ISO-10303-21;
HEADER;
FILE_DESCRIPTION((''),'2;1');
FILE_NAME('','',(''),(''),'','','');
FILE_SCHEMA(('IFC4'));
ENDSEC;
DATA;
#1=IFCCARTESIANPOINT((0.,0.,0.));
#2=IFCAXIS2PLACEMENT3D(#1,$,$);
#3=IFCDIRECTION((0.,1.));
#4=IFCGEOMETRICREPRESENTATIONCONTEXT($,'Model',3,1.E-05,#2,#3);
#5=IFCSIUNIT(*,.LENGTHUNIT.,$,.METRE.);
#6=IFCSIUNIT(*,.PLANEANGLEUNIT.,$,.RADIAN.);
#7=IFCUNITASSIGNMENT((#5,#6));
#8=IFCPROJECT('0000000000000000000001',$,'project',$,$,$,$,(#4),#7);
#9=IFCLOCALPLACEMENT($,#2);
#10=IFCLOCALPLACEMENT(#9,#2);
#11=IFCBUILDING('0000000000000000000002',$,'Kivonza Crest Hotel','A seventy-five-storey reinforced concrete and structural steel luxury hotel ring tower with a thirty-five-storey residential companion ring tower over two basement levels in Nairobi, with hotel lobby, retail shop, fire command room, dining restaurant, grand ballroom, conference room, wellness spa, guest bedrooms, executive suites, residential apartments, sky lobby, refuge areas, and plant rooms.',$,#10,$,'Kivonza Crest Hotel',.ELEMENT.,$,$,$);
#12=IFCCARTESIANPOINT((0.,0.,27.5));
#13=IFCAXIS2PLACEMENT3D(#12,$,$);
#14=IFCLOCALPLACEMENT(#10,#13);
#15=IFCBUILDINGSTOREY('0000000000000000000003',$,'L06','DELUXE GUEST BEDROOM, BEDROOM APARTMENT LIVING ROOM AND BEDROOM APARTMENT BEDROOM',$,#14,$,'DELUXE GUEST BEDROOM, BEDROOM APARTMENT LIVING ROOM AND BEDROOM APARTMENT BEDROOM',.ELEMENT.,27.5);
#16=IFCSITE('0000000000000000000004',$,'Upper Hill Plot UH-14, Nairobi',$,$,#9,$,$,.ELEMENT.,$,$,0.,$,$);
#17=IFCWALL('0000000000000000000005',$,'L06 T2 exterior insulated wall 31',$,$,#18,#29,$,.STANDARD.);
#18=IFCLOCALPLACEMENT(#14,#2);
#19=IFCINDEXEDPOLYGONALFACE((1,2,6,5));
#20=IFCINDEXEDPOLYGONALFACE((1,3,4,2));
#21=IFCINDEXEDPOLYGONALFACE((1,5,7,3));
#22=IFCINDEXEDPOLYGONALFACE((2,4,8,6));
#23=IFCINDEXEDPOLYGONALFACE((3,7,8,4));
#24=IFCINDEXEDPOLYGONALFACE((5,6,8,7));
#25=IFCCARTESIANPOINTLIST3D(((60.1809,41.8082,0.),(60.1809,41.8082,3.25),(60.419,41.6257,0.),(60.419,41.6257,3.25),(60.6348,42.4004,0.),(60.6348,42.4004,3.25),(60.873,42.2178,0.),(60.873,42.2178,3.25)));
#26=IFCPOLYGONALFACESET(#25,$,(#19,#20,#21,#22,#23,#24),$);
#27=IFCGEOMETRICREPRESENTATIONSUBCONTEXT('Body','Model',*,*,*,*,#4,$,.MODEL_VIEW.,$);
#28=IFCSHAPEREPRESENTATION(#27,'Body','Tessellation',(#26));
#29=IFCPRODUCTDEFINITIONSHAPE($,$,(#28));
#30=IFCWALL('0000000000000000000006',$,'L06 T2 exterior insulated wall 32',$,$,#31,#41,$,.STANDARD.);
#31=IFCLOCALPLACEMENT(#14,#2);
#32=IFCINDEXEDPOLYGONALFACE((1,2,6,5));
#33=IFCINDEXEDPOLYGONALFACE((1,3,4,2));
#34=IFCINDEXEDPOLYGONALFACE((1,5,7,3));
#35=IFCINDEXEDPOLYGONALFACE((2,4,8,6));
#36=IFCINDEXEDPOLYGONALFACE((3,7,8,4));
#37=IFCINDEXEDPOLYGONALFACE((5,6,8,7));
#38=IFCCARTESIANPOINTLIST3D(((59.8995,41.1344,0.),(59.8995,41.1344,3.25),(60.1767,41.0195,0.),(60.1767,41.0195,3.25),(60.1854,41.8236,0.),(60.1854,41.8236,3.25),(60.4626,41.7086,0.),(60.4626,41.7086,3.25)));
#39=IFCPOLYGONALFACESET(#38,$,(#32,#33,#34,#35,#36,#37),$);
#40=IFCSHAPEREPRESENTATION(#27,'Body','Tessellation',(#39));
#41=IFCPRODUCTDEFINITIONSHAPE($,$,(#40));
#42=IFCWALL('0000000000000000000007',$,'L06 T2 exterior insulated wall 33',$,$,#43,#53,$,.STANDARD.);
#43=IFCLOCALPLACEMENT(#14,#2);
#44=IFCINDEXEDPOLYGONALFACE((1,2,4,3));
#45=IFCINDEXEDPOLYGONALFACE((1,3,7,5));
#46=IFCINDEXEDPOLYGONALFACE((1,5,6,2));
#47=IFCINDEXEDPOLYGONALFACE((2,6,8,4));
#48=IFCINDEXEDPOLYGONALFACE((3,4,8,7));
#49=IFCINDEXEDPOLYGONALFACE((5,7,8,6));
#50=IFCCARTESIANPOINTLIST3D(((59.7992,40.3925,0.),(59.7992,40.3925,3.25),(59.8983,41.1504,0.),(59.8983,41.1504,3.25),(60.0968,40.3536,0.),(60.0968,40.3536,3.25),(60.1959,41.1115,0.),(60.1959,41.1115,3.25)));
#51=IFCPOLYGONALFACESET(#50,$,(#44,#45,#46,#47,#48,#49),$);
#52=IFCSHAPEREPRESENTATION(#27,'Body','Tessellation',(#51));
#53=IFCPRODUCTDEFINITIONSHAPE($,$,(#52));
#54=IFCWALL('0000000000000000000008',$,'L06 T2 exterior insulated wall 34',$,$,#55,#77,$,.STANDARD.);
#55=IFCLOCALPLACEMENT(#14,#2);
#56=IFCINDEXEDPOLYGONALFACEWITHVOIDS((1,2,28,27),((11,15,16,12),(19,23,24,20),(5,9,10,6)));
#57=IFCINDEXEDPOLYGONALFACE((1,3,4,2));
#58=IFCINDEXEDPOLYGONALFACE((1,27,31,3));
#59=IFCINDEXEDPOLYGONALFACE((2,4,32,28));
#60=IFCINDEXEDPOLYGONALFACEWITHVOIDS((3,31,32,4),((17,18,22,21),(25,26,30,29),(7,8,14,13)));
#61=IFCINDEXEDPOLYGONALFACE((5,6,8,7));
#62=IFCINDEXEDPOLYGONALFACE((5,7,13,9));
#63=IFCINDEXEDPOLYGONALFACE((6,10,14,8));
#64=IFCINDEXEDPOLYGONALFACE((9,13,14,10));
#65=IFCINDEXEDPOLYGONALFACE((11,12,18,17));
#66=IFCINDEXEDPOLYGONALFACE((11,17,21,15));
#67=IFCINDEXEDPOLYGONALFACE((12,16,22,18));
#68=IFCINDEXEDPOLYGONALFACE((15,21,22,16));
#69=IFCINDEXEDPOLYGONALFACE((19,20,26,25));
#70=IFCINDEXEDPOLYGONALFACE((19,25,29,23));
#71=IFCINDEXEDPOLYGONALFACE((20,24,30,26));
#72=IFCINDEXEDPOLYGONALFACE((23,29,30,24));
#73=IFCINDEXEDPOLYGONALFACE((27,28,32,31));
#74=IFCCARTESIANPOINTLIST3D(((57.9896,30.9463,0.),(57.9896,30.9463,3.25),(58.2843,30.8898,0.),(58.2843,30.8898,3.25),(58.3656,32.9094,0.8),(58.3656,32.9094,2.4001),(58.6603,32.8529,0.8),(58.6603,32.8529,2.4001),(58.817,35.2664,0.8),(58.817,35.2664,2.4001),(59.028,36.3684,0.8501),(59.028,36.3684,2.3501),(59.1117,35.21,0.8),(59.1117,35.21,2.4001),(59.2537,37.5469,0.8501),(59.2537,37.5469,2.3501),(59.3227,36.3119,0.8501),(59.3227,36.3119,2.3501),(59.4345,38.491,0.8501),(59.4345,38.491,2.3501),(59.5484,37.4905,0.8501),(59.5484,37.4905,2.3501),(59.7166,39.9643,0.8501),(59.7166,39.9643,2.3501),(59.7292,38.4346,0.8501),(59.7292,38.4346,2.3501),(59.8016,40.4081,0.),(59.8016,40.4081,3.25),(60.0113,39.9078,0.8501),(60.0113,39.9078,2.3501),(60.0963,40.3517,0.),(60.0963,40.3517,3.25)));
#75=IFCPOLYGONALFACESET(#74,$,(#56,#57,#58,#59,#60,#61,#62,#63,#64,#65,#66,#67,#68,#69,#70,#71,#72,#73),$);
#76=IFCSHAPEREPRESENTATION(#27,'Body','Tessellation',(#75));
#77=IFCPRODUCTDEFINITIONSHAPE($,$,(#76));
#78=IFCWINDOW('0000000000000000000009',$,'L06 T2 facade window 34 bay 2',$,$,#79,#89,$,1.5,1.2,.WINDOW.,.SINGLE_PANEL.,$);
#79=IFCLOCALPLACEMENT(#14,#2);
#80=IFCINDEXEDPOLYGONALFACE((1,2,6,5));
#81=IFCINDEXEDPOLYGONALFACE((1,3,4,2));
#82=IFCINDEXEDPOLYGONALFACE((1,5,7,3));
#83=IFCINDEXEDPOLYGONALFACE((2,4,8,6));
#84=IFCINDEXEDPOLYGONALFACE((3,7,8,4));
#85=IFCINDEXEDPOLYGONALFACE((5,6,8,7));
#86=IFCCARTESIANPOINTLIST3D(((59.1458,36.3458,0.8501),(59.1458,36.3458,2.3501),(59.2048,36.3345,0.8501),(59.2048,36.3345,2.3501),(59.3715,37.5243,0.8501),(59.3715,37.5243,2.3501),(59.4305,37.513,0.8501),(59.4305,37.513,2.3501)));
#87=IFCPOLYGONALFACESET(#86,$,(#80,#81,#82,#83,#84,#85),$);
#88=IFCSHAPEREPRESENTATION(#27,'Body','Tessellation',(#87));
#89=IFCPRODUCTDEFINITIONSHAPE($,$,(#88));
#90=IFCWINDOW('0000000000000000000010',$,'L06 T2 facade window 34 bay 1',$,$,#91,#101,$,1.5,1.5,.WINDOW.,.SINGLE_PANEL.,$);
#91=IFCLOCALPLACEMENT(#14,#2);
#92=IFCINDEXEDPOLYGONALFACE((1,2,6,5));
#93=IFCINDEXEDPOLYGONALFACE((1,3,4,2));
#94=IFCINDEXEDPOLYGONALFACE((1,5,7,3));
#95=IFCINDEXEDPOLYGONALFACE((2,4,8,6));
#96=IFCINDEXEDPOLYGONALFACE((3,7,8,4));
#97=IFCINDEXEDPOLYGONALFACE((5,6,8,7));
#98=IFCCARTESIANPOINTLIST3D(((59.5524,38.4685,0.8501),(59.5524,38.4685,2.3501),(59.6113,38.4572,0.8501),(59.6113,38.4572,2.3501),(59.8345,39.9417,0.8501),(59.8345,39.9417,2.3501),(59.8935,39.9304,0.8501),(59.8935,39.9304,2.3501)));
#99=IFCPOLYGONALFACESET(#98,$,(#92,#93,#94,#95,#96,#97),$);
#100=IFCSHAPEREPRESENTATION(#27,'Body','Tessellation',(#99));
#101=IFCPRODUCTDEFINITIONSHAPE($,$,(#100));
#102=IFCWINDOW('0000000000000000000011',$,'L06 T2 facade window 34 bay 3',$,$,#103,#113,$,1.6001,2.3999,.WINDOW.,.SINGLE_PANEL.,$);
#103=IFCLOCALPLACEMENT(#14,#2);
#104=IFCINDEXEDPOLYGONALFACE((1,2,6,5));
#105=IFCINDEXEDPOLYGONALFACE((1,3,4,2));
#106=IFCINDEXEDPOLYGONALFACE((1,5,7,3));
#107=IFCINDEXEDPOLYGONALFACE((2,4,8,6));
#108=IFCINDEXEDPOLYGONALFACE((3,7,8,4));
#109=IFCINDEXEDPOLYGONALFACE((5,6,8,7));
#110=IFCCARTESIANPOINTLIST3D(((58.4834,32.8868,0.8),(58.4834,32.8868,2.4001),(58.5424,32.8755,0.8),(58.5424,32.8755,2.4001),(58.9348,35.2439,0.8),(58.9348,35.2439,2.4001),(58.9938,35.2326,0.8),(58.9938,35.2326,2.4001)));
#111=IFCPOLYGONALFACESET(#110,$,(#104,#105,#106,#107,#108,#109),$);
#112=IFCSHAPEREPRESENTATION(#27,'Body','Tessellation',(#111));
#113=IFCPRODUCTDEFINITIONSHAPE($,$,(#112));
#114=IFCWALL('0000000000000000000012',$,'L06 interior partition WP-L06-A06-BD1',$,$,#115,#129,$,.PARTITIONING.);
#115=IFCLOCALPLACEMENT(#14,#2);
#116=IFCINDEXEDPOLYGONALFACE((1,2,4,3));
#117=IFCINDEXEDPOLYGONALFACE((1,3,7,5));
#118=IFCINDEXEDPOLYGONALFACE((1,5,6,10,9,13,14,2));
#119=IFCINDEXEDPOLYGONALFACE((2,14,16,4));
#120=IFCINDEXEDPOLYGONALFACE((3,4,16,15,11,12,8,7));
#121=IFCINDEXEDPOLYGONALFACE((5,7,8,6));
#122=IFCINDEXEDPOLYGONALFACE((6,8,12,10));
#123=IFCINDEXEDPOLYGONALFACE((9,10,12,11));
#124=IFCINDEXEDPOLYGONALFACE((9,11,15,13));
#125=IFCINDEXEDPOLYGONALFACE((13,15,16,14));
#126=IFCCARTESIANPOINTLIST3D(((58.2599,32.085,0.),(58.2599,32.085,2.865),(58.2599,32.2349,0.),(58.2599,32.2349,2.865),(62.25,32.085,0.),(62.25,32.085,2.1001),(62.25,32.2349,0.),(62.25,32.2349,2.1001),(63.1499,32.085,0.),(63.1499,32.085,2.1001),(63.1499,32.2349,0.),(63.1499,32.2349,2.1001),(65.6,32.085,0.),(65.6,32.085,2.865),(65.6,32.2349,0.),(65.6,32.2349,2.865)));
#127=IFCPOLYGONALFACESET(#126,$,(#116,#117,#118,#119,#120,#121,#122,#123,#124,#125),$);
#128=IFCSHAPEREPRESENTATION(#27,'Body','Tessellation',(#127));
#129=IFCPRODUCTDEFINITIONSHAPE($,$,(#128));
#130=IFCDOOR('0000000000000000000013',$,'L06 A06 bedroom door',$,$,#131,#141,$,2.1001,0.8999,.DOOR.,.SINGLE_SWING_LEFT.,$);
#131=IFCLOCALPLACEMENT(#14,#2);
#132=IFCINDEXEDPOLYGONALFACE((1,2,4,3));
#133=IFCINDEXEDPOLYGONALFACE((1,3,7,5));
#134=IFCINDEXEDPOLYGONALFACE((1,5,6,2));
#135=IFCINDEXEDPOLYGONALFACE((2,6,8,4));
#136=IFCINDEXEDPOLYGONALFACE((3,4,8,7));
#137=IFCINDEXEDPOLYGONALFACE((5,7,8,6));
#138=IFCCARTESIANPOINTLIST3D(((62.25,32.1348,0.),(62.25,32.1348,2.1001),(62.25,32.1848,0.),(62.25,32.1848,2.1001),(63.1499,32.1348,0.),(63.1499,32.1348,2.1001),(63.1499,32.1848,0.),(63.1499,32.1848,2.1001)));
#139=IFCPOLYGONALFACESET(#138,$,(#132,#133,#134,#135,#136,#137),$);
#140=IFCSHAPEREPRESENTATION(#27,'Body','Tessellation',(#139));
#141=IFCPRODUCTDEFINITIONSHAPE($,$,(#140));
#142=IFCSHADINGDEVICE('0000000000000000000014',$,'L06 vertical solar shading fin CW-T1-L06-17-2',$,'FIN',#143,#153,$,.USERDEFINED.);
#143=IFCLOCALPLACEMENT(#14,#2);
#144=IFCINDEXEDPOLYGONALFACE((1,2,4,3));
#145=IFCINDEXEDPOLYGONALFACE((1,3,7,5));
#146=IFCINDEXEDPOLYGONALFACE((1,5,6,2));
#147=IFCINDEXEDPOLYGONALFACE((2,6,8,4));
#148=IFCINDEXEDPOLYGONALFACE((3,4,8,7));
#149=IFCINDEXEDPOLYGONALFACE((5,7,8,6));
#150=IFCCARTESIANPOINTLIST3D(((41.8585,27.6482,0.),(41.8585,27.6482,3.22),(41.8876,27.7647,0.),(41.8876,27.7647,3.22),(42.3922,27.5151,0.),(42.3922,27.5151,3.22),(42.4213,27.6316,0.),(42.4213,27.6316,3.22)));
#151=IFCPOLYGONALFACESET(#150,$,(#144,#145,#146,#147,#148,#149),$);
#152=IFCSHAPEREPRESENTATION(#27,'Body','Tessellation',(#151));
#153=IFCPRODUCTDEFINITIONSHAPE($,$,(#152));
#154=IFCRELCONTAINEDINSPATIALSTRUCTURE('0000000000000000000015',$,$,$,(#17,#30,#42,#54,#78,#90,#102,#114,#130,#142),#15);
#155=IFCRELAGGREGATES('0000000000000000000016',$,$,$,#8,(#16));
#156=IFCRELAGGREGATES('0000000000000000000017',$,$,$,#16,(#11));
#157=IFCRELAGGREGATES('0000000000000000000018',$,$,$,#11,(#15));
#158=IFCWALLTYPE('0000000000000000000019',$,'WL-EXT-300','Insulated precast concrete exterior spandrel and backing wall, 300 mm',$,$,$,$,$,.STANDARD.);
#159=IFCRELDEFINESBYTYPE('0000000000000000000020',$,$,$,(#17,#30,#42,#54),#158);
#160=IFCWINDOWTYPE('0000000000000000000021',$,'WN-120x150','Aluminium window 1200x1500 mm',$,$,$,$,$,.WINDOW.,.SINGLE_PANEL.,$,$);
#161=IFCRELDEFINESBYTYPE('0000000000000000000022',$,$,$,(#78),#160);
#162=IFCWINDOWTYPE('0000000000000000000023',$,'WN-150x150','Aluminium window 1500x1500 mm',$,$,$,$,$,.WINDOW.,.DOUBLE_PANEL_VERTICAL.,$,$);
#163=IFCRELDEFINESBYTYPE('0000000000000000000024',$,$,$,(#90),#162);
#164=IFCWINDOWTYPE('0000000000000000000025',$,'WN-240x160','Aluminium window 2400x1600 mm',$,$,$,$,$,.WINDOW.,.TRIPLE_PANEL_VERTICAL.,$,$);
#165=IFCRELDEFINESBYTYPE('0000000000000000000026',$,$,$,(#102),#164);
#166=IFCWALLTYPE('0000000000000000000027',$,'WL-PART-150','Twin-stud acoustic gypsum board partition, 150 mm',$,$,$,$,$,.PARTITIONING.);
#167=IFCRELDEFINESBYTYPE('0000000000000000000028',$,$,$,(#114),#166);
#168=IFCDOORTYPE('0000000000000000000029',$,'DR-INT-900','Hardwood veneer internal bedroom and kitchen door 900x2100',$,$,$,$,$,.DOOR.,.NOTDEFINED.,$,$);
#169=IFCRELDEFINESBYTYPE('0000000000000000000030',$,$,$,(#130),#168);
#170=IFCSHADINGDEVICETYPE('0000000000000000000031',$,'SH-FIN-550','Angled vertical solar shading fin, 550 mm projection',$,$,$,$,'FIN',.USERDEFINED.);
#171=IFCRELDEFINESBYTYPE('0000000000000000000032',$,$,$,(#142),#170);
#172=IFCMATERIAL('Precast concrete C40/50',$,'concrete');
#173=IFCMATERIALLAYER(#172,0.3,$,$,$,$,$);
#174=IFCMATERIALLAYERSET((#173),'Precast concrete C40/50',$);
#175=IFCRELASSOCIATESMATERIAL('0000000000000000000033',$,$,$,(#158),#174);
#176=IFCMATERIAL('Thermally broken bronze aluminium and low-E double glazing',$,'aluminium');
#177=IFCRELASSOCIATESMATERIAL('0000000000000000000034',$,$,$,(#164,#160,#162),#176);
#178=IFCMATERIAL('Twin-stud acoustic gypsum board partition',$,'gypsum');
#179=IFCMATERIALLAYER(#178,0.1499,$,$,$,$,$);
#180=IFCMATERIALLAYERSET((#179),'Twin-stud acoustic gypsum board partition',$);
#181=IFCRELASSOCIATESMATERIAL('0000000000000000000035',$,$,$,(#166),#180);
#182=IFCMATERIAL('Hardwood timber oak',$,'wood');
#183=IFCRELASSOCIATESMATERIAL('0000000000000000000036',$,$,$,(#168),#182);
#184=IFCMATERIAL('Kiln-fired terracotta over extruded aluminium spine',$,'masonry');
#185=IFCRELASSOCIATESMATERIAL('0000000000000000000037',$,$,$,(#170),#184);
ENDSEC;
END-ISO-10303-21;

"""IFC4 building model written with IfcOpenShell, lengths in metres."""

from ifc_helpers import new_model, si_unit, direction, frame, frame_2d, origin, origin_2d, place, context, subcontext, project, spatial, rectangle, extrude, material, layer, layer_set, type_object, element, fill, save


model = new_model("IFC4")

# Units and contexts
model_context = context("Model", 3, precision=1e-05, world=origin(), true_north=direction((0.0, 1.0)))
body_context = subcontext(model_context, "Body", "Model", "MODEL_VIEW")
ifc_project = project(units=[si_unit("LENGTHUNIT", "METRE"), si_unit("PLANEANGLEUNIT", "RADIAN")], contexts=[model_context])

# Site, building, storey
site_placement = place(None, origin())
site = spatial("IfcSite", under=ifc_project, at=site_placement, Name="Upper Hill Plot UH-14, Nairobi", CompositionType="ELEMENT", RefElevation=0.0)
building_placement = place(site_placement, origin())
building = spatial("IfcBuilding", under=site, at=building_placement, Name="Kivonza Crest Hotel", Description="A seventy-five-storey reinforced concrete and structural steel luxury hotel ring tower with a thirty-five-storey residential companion ring tower over two basement levels in Nairobi, with hotel lobby, retail shop, fire command room, dining restaurant, grand ballroom, conference room, wellness spa, guest bedrooms, executive suites, residential apartments, sky lobby, refuge areas, and plant rooms.", LongName="Kivonza Crest Hotel", CompositionType="ELEMENT")
storey_placement = place(building_placement, frame((0.0, 0.0, 27.5)))
storey = spatial("IfcBuildingStorey", under=building, at=storey_placement, Name="L06", Description="DELUXE GUEST BEDROOM, BEDROOM APARTMENT LIVING ROOM AND BEDROOM APARTMENT BEDROOM", LongName="DELUXE GUEST BEDROOM, BEDROOM APARTMENT LIVING ROOM AND BEDROOM APARTMENT BEDROOM", CompositionType="ELEMENT", Elevation=27.5)

# Shared definitions
ifc_material_1 = material(Name="Precast concrete C40/50", Category="concrete")
ifc_layer_1 = layer(ifc_material_1, 0.3)
ifc_layer_set_1 = layer_set([ifc_layer_1], Name="Precast concrete C40/50")
wall_type_1 = type_object("IfcWallType", Name="WL-EXT-300", Description="Insulated precast concrete exterior spandrel and backing wall, 300 mm", PredefinedType="STANDARD", material=ifc_layer_set_1)
ifc_material_2 = material(Name="Thermally broken bronze aluminium and low-E double glazing", Category="aluminium")
window_type_1 = type_object("IfcWindowType", Name="WN-240x160", Description="Aluminium window 2400x1600 mm", PartitioningType="TRIPLE_PANEL_VERTICAL", PredefinedType="WINDOW", material=ifc_material_2)

# Walls
for number, where, z_axis, x_axis, name in (
    (1, (60.7539, 42.3091, 0.0), (0.0, 0.0, 1.0), (-0.608397, -0.793633, 0.0), "L06 T2 exterior insulated wall 31"),
    (2, (60.324, 41.7661, 0.0), (0.0, 0.0, 1.0), (-0.383151, -0.923686, 0.0), "L06 T2 exterior insulated wall 32"),
):
    element("IfcWall", number, at=place(storey_placement, frame(where, z_axis=z_axis, x_axis=x_axis)), inside=storey, type_object=wall_type_1, Name=name, PredefinedType="STANDARD", context=body_context, shape_type="SweptSolid", body=[
        extrude(rectangle(XDim=0.7461, YDim=0.3, at=frame_2d((0.373, 0.0))), origin(), (0.0, 0.0, 1.0), 3.25),
    ])
wall_1_placement = place(storey_placement, frame((60.0471, 41.1311, 0.0), z_axis=(0.0, 0.0, 1.0), x_axis=(-0.129653, -0.991559, 0.0)))
element("IfcWall", 3, at=wall_1_placement, inside=storey, type_object=wall_type_1, Name="L06 T2 exterior insulated wall 33", PredefinedType="STANDARD", context=body_context, shape_type="SweptSolid", body=[
    extrude(rectangle(XDim=0.7644, YDim=0.3, at=frame_2d((0.3823, 0.0))), origin(), (0.0, 0.0, 1.0), 3.25),
])

# Wall, openings, windows
wall_2_placement = place(storey_placement, frame((59.949, 40.3799, 0.0), z_axis=(0.0, 0.0, 1.0), x_axis=(-0.188088, -0.982152, 0.0)))
wall_2 = element("IfcWall", 4, at=wall_2_placement, inside=storey, type_object=wall_type_1, Name="L06 T2 exterior insulated wall 34", PredefinedType="STANDARD", context=body_context, shape_type="SweptSolid", body=[
    extrude(rectangle(XDim=9.6338, YDim=0.3, at=frame_2d((4.8169, 0.0))), origin(), (0.0, 0.0, 1.0), 3.25),
])
opening_1_placement = place(wall_2_placement, frame((0.4519, 0.0, 0.8501)))
opening_1 = element("IfcOpeningElement", 5, at=opening_1_placement, cuts=wall_2, PredefinedType="OPENING", context=body_context, shape_type="SweptSolid", body=[
    extrude(rectangle(XDim=1.5, YDim=1.5, at=frame_2d((0.75, 0.75))), frame((0.0, 0.1602, 0.0), z_axis=(0.0, -1.0, 0.0), x_axis=(1.0, 0.0, 0.0)), (0.0, 0.0, 1.0), 0.3201),
])
opening_2_placement = place(wall_2_placement, frame((2.9131, 0.0, 0.8501)))
opening_2 = element("IfcOpeningElement", 6, at=opening_2_placement, cuts=wall_2, PredefinedType="OPENING", context=body_context, shape_type="SweptSolid", body=[
    extrude(rectangle(XDim=1.2, YDim=1.5, at=frame_2d((0.6001, 0.75))), frame((0.0, 0.1602, 0.0), z_axis=(0.0, -1.0, 0.0), x_axis=(1.0, 0.0, 0.0)), (0.0, 0.0, 1.0), 0.3201),
])
opening_3_placement = place(wall_2_placement, frame((5.2351, 0.0, 0.8)))
opening_3 = element("IfcOpeningElement", 7, at=opening_3_placement, cuts=wall_2, PredefinedType="OPENING", context=body_context, shape_type="SweptSolid", body=[
    extrude(rectangle(XDim=2.3999, YDim=1.6001, at=frame_2d((1.2, 0.8))), frame((0.0, 0.1602, 0.0), z_axis=(0.0, -1.0, 0.0), x_axis=(1.0, 0.0, 0.0)), (0.0, 0.0, 1.0), 0.3201),
])
window_type_2 = type_object("IfcWindowType", Name="WN-120x150", Description="Aluminium window 1200x1500 mm", PartitioningType="SINGLE_PANEL", PredefinedType="WINDOW", material=ifc_material_2)
window_1_placement = place(opening_2_placement, origin())
window_1 = element("IfcWindow", 8, at=window_1_placement, inside=storey, type_object=window_type_2, Name="L06 T2 facade window 34 bay 2", OverallHeight=1.5, OverallWidth=1.2, PartitioningType="SINGLE_PANEL", PredefinedType="WINDOW", context=body_context, shape_type="SweptSolid", body=[
    extrude(rectangle(XDim=1.2, YDim=1.5, at=frame_2d((0.6001, 0.75))), frame((0.0, 0.03, 0.0), z_axis=(0.0, -1.0, 0.0), x_axis=(1.0, 0.0, 0.0)), (0.0, 0.0, 1.0), 0.0601),
])
fill(opening_2, window_1)
window_type_3 = type_object("IfcWindowType", Name="WN-150x150", Description="Aluminium window 1500x1500 mm", PartitioningType="DOUBLE_PANEL_VERTICAL", PredefinedType="WINDOW", material=ifc_material_2)
window_2_placement = place(opening_1_placement, origin())
window_2 = element("IfcWindow", 9, at=window_2_placement, inside=storey, type_object=window_type_3, Name="L06 T2 facade window 34 bay 1", OverallHeight=1.5, OverallWidth=1.5, PartitioningType="SINGLE_PANEL", PredefinedType="WINDOW", context=body_context, shape_type="SweptSolid", body=[
    extrude(rectangle(XDim=1.5, YDim=1.5, at=frame_2d((0.75, 0.75))), frame((0.0, 0.03, 0.0), z_axis=(0.0, -1.0, 0.0), x_axis=(1.0, 0.0, 0.0)), (0.0, 0.0, 1.0), 0.0601),
])
fill(opening_1, window_2)
window_3_placement = place(opening_3_placement, origin())
window_3 = element("IfcWindow", 10, at=window_3_placement, inside=storey, type_object=window_type_1, Name="L06 T2 facade window 34 bay 3", OverallHeight=1.6001, OverallWidth=2.3999, PartitioningType="SINGLE_PANEL", PredefinedType="WINDOW", context=body_context, shape_type="SweptSolid", body=[
    extrude(rectangle(XDim=2.3999, YDim=1.6001, at=frame_2d((1.2, 0.8))), frame((0.0, 0.03, 0.0), z_axis=(0.0, -1.0, 0.0), x_axis=(1.0, 0.0, 0.0)), (0.0, 0.0, 1.0), 0.0601),
])
fill(opening_3, window_3)

# Wall, opening, door
ifc_material_3 = material(Name="Twin-stud acoustic gypsum board partition", Category="gypsum")
ifc_layer_2 = layer(ifc_material_3, 0.1499)
ifc_layer_set_2 = layer_set([ifc_layer_2], Name="Twin-stud acoustic gypsum board partition")
wall_type_2 = type_object("IfcWallType", Name="WL-PART-150", Description="Twin-stud acoustic gypsum board partition, 150 mm", PredefinedType="PARTITIONING", material=ifc_layer_set_2)
wall_3_placement = place(storey_placement, frame((58.26, 32.1599, 0.0), z_axis=(0.0, 0.0, 1.0), x_axis=(1.0, 0.0, 0.0)))
wall_3 = element("IfcWall", 11, at=wall_3_placement, inside=storey, type_object=wall_type_2, Name="L06 interior partition WP-L06-A06-BD1", PredefinedType="PARTITIONING", context=body_context, shape_type="SweptSolid", body=[
    extrude(rectangle(XDim=7.3401, YDim=0.1499, at=frame_2d((3.6699, 0.0))), origin(), (0.0, 0.0, 1.0), 2.865),
])
opening_4_placement = place(wall_3_placement, frame((3.99, 0.0, 0.0)))
opening_4 = element("IfcOpeningElement", 12, at=opening_4_placement, cuts=wall_3, PredefinedType="OPENING", context=body_context, shape_type="SweptSolid", body=[
    extrude(rectangle(XDim=0.8999, YDim=2.1001, at=frame_2d((0.45, 1.05))), frame((0.0, 0.085, 0.0), z_axis=(0.0, -1.0, 0.0), x_axis=(1.0, 0.0, 0.0)), (0.0, 0.0, 1.0), 0.1699),
])
ifc_material_4 = material(Name="Hardwood timber oak", Category="wood")
door_type = type_object("IfcDoorType", Name="DR-INT-900", Description="Hardwood veneer internal bedroom and kitchen door 900x2100", OperationType="NOTDEFINED", PredefinedType="DOOR", material=ifc_material_4)
door_placement = place(opening_4_placement, origin())
door = element("IfcDoor", 13, at=door_placement, inside=storey, type_object=door_type, Name="L06 A06 bedroom door", OperationType="SINGLE_SWING_LEFT", OverallHeight=2.1001, OverallWidth=0.8999, PredefinedType="DOOR", context=body_context, shape_type="SweptSolid", body=[
    extrude(rectangle(XDim=0.8999, YDim=2.1001, at=frame_2d((0.45, 1.05))), frame((0.0, 0.0249, 0.0), z_axis=(0.0, -1.0, 0.0), x_axis=(1.0, 0.0, 0.0)), (0.0, 0.0, 1.0), 0.05),
])
fill(opening_4, door)

# Shading device
ifc_material_5 = material(Name="Kiln-fired terracotta over extruded aluminium spine", Category="masonry")
shading_device_type = type_object("IfcShadingDeviceType", Name="SH-FIN-550", Description="Angled vertical solar shading fin, 550 mm projection", ElementType="FIN", PredefinedType="USERDEFINED", material=ifc_material_5)
shading_device_placement = place(storey_placement, frame((42.1399, 27.6399, 0.0), z_axis=(0.0, 0.0, 1.0), x_axis=(0.241922, 0.970296, 0.0)))
element("IfcShadingDevice", 14, at=shading_device_placement, inside=storey, type_object=shading_device_type, Name="L06 vertical solar shading fin CW-T1-L06-17-2", ObjectType="FIN", PredefinedType="USERDEFINED", context=body_context, shape_type="SweptSolid", body=[
    extrude(rectangle(XDim=0.1201, YDim=0.55, at=origin_2d()), origin(), (0.0, 0.0, 1.0), 3.22),
])

save(model, "model.ifc")
